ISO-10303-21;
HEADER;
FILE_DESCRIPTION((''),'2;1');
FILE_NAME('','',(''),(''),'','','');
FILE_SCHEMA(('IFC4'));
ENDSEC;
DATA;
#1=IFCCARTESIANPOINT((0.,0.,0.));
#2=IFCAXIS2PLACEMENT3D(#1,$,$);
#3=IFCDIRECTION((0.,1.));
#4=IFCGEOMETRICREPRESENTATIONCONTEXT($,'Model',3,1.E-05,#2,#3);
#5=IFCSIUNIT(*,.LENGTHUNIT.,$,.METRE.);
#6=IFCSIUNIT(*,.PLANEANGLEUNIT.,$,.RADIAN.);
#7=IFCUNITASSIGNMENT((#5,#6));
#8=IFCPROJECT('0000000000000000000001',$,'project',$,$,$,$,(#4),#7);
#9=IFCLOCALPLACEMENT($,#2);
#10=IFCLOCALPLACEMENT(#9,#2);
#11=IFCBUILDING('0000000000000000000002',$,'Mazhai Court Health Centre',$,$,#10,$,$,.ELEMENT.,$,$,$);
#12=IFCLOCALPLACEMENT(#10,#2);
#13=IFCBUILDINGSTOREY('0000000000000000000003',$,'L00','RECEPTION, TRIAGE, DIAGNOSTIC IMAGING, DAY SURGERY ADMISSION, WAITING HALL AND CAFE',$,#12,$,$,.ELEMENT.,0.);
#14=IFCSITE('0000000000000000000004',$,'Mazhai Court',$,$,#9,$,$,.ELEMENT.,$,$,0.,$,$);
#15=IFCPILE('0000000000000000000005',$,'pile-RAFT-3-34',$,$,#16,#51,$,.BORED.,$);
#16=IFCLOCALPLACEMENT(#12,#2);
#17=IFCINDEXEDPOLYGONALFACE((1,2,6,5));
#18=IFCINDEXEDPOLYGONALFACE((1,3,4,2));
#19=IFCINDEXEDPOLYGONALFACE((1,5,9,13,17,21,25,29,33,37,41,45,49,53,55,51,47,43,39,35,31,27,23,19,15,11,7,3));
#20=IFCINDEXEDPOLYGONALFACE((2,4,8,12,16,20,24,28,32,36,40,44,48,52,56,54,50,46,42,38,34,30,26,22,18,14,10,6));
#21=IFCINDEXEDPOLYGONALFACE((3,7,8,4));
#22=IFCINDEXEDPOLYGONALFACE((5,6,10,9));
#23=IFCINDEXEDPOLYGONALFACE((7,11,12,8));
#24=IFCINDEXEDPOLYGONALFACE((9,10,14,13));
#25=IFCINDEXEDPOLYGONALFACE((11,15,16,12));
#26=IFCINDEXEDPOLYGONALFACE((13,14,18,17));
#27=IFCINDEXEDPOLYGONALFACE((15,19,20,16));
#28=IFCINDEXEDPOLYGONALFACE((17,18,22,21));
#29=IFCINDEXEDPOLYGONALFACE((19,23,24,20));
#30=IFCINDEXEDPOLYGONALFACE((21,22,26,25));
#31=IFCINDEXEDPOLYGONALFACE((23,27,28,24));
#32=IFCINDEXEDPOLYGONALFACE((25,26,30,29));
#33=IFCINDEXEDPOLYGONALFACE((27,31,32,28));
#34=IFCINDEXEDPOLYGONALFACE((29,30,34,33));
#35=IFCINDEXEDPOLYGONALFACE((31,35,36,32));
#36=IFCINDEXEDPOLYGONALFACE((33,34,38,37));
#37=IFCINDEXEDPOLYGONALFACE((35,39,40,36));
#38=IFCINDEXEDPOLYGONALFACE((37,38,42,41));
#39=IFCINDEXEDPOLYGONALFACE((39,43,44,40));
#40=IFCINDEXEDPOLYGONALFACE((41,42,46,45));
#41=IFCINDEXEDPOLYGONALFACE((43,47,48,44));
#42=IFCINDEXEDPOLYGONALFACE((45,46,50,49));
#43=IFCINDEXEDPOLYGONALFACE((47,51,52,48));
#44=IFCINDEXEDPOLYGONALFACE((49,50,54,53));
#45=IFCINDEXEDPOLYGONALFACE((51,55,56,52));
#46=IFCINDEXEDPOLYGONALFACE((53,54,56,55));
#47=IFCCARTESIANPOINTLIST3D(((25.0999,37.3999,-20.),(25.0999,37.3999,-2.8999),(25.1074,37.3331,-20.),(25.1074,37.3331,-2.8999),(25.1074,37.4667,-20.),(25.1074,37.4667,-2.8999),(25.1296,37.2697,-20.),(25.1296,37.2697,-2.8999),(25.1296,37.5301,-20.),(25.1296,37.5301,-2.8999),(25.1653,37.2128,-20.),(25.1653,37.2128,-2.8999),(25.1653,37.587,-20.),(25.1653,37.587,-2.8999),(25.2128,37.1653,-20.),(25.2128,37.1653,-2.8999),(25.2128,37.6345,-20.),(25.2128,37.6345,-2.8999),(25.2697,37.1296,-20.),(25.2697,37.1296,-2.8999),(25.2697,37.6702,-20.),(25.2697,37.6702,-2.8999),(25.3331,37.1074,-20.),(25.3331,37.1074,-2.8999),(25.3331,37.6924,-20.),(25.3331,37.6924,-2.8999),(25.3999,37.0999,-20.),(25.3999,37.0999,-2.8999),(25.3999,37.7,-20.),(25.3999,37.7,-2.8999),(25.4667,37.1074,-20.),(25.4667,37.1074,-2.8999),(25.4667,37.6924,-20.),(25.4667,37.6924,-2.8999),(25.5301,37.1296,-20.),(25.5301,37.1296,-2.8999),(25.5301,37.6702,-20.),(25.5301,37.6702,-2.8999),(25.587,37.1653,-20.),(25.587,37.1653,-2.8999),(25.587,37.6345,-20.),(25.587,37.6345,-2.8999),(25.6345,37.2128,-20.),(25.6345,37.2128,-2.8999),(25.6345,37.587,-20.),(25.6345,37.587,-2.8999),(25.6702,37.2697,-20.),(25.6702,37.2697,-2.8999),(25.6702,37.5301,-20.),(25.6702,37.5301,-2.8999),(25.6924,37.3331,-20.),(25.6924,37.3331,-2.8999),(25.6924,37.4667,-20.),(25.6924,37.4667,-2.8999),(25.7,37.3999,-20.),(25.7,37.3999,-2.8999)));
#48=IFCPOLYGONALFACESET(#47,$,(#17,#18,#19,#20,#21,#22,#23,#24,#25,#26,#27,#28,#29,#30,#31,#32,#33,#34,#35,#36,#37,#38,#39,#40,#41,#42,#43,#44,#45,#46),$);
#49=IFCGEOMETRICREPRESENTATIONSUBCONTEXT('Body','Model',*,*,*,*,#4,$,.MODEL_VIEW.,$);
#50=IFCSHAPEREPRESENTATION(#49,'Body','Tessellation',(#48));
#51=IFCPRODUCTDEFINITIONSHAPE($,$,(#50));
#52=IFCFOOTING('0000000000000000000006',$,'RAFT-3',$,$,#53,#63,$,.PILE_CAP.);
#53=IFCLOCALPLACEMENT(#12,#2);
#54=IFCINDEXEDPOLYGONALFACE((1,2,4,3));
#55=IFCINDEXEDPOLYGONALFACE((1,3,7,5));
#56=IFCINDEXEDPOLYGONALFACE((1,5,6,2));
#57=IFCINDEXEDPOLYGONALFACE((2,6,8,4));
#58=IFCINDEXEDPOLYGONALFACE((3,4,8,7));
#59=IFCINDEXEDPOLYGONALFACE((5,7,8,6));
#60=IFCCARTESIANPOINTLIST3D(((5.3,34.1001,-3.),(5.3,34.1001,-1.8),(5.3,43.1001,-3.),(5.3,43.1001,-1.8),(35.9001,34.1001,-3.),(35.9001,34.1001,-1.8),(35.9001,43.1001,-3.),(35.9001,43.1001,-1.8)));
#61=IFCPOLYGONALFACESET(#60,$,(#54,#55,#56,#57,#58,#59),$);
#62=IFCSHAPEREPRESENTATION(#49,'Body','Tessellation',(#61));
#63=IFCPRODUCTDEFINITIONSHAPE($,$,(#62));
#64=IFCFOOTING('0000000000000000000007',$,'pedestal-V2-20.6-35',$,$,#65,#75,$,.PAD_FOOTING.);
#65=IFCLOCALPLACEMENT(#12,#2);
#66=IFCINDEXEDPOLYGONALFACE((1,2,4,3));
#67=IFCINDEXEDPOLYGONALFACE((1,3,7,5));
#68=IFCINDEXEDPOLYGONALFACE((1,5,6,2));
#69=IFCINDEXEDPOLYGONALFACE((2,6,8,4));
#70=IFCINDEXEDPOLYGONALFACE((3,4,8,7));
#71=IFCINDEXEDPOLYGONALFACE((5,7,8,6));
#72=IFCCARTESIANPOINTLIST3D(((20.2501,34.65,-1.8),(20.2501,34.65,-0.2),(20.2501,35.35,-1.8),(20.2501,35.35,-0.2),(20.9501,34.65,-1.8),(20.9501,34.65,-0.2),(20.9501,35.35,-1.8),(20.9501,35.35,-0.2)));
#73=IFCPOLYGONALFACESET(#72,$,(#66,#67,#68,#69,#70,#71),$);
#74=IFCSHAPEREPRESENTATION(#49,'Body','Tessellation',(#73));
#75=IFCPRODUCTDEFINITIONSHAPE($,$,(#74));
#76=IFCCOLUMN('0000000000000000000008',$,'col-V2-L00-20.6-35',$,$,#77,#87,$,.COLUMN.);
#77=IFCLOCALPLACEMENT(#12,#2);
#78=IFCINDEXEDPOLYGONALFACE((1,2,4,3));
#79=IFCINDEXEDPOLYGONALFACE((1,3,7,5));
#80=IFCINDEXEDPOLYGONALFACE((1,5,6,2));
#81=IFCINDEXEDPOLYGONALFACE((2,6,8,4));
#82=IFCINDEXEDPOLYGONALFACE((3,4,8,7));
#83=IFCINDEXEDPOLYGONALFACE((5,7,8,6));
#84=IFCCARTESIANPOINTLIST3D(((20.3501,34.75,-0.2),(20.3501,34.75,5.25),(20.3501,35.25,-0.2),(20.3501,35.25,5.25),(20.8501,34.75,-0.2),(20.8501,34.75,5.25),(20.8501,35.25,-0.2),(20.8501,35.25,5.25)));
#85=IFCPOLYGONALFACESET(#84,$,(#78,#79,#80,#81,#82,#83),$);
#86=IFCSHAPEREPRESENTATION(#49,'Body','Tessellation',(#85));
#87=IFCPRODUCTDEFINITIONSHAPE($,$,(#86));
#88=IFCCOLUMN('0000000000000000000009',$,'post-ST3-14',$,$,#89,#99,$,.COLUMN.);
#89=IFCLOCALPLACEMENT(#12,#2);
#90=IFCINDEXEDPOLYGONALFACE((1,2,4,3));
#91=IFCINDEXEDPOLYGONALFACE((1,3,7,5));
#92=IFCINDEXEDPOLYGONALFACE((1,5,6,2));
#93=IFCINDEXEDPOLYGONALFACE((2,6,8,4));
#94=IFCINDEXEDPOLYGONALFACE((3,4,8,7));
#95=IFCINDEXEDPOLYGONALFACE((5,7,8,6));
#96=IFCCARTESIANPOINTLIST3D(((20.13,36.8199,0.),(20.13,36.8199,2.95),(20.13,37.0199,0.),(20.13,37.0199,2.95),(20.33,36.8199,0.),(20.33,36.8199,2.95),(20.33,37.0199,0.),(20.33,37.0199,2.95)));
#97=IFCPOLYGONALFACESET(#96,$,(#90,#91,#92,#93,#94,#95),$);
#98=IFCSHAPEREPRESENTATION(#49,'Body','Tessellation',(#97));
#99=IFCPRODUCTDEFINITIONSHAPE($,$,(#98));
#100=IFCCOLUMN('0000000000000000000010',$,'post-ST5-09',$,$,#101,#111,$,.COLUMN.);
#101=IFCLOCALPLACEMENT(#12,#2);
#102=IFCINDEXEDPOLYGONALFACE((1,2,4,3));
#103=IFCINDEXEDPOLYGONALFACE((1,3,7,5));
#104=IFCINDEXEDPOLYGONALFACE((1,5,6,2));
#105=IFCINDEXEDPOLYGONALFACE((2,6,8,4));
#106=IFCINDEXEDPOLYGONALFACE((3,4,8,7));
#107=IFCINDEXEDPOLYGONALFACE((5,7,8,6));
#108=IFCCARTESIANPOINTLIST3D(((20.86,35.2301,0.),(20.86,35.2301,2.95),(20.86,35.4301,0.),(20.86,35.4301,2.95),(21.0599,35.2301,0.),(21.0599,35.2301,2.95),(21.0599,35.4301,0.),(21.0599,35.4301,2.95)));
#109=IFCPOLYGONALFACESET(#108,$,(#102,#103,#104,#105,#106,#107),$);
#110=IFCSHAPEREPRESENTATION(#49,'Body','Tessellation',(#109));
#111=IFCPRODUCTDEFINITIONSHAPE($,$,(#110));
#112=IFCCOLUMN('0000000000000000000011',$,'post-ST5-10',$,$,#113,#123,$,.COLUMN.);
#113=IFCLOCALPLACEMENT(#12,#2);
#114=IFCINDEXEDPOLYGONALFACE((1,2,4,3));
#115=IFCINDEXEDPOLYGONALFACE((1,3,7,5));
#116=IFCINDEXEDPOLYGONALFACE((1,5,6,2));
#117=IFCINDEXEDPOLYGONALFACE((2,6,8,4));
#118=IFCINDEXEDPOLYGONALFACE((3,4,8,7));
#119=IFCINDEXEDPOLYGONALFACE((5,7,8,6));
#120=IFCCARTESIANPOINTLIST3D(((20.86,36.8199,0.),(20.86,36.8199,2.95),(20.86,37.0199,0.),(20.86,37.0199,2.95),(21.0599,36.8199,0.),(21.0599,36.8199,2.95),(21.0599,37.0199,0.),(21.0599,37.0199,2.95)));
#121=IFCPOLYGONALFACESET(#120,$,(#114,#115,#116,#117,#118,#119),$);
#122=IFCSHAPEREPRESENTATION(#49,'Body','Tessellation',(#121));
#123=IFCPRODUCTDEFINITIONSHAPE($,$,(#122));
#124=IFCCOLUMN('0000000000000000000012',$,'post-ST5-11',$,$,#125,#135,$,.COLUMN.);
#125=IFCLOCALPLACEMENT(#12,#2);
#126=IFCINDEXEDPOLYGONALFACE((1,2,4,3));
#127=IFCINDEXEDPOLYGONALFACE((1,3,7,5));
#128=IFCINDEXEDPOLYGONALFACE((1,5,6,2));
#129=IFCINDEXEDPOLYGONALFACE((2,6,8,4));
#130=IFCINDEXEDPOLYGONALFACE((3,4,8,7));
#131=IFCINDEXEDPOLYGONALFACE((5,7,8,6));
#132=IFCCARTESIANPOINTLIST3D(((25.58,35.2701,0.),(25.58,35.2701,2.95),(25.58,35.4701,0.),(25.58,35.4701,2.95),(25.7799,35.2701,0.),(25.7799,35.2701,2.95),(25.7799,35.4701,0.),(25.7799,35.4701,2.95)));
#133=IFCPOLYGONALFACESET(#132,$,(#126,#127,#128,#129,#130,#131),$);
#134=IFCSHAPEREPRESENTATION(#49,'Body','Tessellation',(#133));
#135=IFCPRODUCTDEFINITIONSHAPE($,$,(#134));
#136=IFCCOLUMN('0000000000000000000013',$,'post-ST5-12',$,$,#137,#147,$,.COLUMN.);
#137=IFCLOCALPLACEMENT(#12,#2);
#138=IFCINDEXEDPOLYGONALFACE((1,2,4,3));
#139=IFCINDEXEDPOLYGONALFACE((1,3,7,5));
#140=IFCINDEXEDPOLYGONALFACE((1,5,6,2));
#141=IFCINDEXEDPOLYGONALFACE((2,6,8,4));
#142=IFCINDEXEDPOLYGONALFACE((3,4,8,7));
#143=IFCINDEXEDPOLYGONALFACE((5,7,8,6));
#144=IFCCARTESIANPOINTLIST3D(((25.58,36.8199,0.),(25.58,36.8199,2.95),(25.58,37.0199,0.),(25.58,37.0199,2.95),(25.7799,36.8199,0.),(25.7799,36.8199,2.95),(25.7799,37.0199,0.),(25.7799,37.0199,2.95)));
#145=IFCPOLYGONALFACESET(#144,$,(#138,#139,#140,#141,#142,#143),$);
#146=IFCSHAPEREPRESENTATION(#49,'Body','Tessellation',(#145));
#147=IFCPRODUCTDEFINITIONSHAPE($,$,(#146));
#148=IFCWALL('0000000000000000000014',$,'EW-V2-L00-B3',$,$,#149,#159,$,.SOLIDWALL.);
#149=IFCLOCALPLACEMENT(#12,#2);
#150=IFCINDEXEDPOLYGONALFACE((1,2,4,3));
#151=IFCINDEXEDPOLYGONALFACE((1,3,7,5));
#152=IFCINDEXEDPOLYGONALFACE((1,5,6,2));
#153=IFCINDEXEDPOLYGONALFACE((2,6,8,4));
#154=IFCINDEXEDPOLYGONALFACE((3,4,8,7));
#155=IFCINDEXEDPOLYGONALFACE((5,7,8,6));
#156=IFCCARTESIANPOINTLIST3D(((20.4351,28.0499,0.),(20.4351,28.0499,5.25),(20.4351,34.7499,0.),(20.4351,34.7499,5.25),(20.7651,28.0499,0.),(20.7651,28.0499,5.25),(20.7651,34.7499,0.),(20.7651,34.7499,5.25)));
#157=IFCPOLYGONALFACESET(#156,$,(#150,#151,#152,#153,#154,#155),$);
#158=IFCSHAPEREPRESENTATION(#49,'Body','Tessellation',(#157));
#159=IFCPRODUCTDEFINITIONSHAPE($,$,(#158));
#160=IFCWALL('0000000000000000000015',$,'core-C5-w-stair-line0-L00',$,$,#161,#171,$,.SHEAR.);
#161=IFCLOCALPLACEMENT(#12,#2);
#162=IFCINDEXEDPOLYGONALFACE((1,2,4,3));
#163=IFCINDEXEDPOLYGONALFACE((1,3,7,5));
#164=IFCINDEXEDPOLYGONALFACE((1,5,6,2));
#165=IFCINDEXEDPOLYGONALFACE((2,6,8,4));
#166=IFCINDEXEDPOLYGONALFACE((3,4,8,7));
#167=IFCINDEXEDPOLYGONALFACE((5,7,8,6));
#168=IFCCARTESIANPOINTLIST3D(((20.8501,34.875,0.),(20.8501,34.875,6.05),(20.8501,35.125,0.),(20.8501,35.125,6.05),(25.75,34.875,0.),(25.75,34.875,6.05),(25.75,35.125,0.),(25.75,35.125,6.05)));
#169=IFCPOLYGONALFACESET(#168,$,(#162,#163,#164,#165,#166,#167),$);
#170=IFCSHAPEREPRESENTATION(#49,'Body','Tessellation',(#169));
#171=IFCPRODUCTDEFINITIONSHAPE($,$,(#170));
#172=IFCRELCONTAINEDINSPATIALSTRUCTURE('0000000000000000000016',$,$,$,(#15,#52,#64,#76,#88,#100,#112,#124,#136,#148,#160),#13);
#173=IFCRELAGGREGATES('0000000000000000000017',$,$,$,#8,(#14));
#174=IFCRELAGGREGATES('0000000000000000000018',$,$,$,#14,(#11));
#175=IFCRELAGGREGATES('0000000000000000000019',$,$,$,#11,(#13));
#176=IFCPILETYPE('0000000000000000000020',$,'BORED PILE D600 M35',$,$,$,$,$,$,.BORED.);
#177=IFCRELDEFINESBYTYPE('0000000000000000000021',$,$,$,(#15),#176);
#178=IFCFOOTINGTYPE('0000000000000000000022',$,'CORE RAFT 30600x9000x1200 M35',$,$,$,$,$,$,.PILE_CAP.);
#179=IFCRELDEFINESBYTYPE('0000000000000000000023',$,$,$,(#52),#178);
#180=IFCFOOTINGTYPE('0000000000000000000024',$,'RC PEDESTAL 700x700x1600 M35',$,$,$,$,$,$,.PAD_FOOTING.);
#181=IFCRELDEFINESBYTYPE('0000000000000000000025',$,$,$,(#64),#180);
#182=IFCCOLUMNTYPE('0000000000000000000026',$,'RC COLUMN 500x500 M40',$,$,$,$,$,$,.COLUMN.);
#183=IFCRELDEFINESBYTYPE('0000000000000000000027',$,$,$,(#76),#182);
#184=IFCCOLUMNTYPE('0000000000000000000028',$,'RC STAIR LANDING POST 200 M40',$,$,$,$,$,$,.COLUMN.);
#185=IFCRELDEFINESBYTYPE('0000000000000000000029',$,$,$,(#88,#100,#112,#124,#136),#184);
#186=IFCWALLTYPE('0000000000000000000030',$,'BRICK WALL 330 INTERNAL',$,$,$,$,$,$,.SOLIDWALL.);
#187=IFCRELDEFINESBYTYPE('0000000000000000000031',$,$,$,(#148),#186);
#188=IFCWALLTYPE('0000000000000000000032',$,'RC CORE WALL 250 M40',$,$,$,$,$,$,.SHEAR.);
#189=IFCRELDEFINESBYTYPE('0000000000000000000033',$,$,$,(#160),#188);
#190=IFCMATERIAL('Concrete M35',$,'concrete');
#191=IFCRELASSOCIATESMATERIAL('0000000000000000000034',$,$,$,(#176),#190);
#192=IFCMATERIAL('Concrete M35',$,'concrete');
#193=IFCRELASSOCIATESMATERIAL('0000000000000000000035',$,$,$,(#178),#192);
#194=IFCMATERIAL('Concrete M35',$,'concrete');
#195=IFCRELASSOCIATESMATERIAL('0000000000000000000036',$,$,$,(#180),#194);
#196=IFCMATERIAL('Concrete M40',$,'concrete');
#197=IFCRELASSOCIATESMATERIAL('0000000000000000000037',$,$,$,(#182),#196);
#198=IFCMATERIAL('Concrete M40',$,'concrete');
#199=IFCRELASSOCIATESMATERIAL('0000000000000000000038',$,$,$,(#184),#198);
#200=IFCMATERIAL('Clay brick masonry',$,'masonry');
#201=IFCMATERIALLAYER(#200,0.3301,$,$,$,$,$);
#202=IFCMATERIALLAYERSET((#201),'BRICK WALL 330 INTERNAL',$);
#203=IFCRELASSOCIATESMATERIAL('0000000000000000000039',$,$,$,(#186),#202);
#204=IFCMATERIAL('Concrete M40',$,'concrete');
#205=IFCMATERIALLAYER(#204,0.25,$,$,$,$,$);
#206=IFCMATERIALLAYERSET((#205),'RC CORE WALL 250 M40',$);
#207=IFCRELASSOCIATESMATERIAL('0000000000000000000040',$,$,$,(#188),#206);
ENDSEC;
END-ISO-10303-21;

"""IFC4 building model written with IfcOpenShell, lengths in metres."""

from ifc_helpers import new_model, si_unit, direction, frame, frame_2d, origin, origin_2d, place, context, subcontext, project, spatial, rectangle, circle, extrude, material, layer, layer_set, material_profile, profile_set, type_object, element, save


model = new_model("IFC4")

# Units and contexts
model_context = context("Model", 3, precision=1e-05, world=origin(), true_north=direction((0.0, 1.0)))
body_context = subcontext(model_context, "Body", "Model", "MODEL_VIEW")
ifc_project = project(units=[si_unit("LENGTHUNIT", "METRE"), si_unit("PLANEANGLEUNIT", "RADIAN")], contexts=[model_context])

# Site, building, storey
site_placement = place(None, origin())
site = spatial("IfcSite", under=ifc_project, at=site_placement, Name="Mazhai Court", CompositionType="ELEMENT", RefElevation=0.0)
building_placement = place(site_placement, origin())
building = spatial("IfcBuilding", under=site, at=building_placement, Name="Mazhai Court Health Centre", CompositionType="ELEMENT")
storey_placement = place(building_placement, origin())
storey = spatial("IfcBuildingStorey", under=building, at=storey_placement, Name="L00", Description="RECEPTION, TRIAGE, DIAGNOSTIC IMAGING, DAY SURGERY ADMISSION, WAITING HALL AND CAFE", CompositionType="ELEMENT", Elevation=0.0)

# Pile
ifc_material_1 = material(Name="Concrete M35", Category="concrete")
ifc_material_profile_1 = material_profile(ifc_material_1, circle(Radius=0.3, at=origin_2d()), Name="RC PILE D600")
ifc_profile_set_1 = profile_set([ifc_material_profile_1], Name="Concrete M35")
pile_type = type_object("IfcPileType", Name="BORED PILE D600 M35", PredefinedType="BORED", material=ifc_profile_set_1)
for number, where, z_axis, x_axis, name in (
    (1, (25.3999, 37.3999, -2.8999), (0.0, 0.0, -1.0), (1.0, 0.0, 0.0), "pile-RAFT-3-34"),
):
    element("IfcPile", number, at=place(storey_placement, frame(where, z_axis=z_axis, x_axis=x_axis)), inside=storey, type_object=pile_type, Name=name, PredefinedType="BORED", context=body_context, shape_type="SweptSolid", body=[
        extrude(circle(Radius=0.3, at=origin_2d()), origin(), (0.0, 0.0, 1.0), 17.1001),
    ])

# Footings
ifc_material_2 = material(Name="Concrete M35", Category="concrete")
footing_type_1 = type_object("IfcFootingType", Name="CORE RAFT 30600x9000x1200 M35", PredefinedType="PILE_CAP", material=ifc_material_2)
footing_1_placement = place(storey_placement, frame((20.6001, 38.6001, -3.0), z_axis=(0.0, 0.0, 1.0), x_axis=(1.0, 0.0, 0.0)))
element("IfcFooting", 2, at=footing_1_placement, inside=storey, type_object=footing_type_1, Name="RAFT-3", PredefinedType="PILE_CAP", context=body_context, shape_type="SweptSolid", body=[
    extrude(rectangle(XDim=30.6001, YDim=9.0, at=origin_2d()), origin(), (0.0, 0.0, 1.0), 1.2),
])
ifc_material_3 = material(Name="Concrete M35", Category="concrete")
footing_type_2 = type_object("IfcFootingType", Name="RC PEDESTAL 700x700x1600 M35", PredefinedType="PAD_FOOTING", material=ifc_material_3)
footing_2_placement = place(storey_placement, frame((20.6001, 35.0, -1.8), z_axis=(0.0, 0.0, 1.0), x_axis=(1.0, 0.0, 0.0)))
element("IfcFooting", 3, at=footing_2_placement, inside=storey, type_object=footing_type_2, Name="pedestal-V2-20.6-35", PredefinedType="PAD_FOOTING", context=body_context, shape_type="SweptSolid", body=[
    extrude(rectangle(XDim=0.7, YDim=0.7, at=origin_2d()), origin(), (0.0, 0.0, 1.0), 1.6001),
])

# Columns
ifc_material_4 = material(Name="Concrete M40", Category="concrete")
ifc_material_profile_2 = material_profile(ifc_material_4, rectangle(XDim=0.5, YDim=0.5, at=origin_2d()), Name="RC 500x500")
ifc_profile_set_2 = profile_set([ifc_material_profile_2], Name="Concrete M40")
column_type_1 = type_object("IfcColumnType", Name="RC COLUMN 500x500 M40", PredefinedType="COLUMN", material=ifc_profile_set_2)
column_placement = place(storey_placement, frame((20.6001, 35.0, -0.2), z_axis=(0.0, 0.0, 1.0), x_axis=(1.0, 0.0, 0.0)))
element("IfcColumn", 4, at=column_placement, inside=storey, type_object=column_type_1, Name="col-V2-L00-20.6-35", PredefinedType="COLUMN", context=body_context, shape_type="SweptSolid", body=[
    extrude(rectangle(XDim=0.5, YDim=0.5, at=origin_2d()), origin(), (0.0, 0.0, 1.0), 5.45),
])
ifc_material_5 = material(Name="Concrete M40", Category="concrete")
ifc_material_profile_3 = material_profile(ifc_material_5, rectangle(XDim=0.2, YDim=0.2, at=origin_2d()), Name="RC 200x200")
ifc_profile_set_3 = profile_set([ifc_material_profile_3], Name="Concrete M40")
column_type_2 = type_object("IfcColumnType", Name="RC STAIR LANDING POST 200 M40", PredefinedType="COLUMN", material=ifc_profile_set_3)
for number, where, z_axis, x_axis, name in (
    (5, (20.23, 36.9199, 0.0), (0.0, 0.0, 1.0), (1.0, 0.0, 0.0), "post-ST3-14"),
    (6, (20.96, 35.3301, 0.0), (0.0, 0.0, 1.0), (1.0, 0.0, 0.0), "post-ST5-09"),
    (7, (20.96, 36.9199, 0.0), (0.0, 0.0, 1.0), (1.0, 0.0, 0.0), "post-ST5-10"),
    (8, (25.6799, 35.3701, 0.0), (0.0, 0.0, 1.0), (1.0, 0.0, 0.0), "post-ST5-11"),
    (9, (25.6799, 36.9199, 0.0), (0.0, 0.0, 1.0), (1.0, 0.0, 0.0), "post-ST5-12"),
):
    element("IfcColumn", number, at=place(storey_placement, frame(where, z_axis=z_axis, x_axis=x_axis)), inside=storey, type_object=column_type_2, Name=name, PredefinedType="COLUMN", context=body_context, shape_type="SweptSolid", body=[
        extrude(rectangle(XDim=0.2, YDim=0.2, at=origin_2d()), origin(), (0.0, 0.0, 1.0), 2.95),
    ])

# Walls
ifc_material_6 = material(Name="Clay brick masonry", Category="masonry")
ifc_layer_1 = layer(ifc_material_6, 0.3301)
ifc_layer_set_1 = layer_set([ifc_layer_1], Name="BRICK WALL 330 INTERNAL")
wall_type_1 = type_object("IfcWallType", Name="BRICK WALL 330 INTERNAL", PredefinedType="SOLIDWALL", material=ifc_layer_set_1)
wall_1_placement = place(storey_placement, frame((20.6001, 34.75, 0.0), z_axis=(0.0, 0.0, 1.0), x_axis=(0.0, -1.0, 0.0)))
element("IfcWall", 10, at=wall_1_placement, inside=storey, type_object=wall_type_1, Name="EW-V2-L00-B3", PredefinedType="SOLIDWALL", context=body_context, shape_type="SweptSolid", body=[
    extrude(rectangle(XDim=6.7, YDim=0.3301, at=frame_2d((3.3501, 0.0))), origin(), (0.0, 0.0, 1.0), 5.25),
])
ifc_material_7 = material(Name="Concrete M40", Category="concrete")
ifc_layer_2 = layer(ifc_material_7, 0.25)
ifc_layer_set_2 = layer_set([ifc_layer_2], Name="RC CORE WALL 250 M40")
wall_type_2 = type_object("IfcWallType", Name="RC CORE WALL 250 M40", PredefinedType="SHEAR", material=ifc_layer_set_2)
wall_2_placement = place(storey_placement, frame((20.8501, 35.0, 0.0), z_axis=(0.0, 0.0, 1.0), x_axis=(1.0, 0.0, 0.0)))
element("IfcWall", 11, at=wall_2_placement, inside=storey, type_object=wall_type_2, Name="core-C5-w-stair-line0-L00", PredefinedType="SHEAR", context=body_context, shape_type="SweptSolid", body=[
    extrude(rectangle(XDim=4.8999, YDim=0.25, at=frame_2d((2.45, 0.0))), origin(), (0.0, 0.0, 1.0), 6.05),
])

save(model, "model.ifc")
